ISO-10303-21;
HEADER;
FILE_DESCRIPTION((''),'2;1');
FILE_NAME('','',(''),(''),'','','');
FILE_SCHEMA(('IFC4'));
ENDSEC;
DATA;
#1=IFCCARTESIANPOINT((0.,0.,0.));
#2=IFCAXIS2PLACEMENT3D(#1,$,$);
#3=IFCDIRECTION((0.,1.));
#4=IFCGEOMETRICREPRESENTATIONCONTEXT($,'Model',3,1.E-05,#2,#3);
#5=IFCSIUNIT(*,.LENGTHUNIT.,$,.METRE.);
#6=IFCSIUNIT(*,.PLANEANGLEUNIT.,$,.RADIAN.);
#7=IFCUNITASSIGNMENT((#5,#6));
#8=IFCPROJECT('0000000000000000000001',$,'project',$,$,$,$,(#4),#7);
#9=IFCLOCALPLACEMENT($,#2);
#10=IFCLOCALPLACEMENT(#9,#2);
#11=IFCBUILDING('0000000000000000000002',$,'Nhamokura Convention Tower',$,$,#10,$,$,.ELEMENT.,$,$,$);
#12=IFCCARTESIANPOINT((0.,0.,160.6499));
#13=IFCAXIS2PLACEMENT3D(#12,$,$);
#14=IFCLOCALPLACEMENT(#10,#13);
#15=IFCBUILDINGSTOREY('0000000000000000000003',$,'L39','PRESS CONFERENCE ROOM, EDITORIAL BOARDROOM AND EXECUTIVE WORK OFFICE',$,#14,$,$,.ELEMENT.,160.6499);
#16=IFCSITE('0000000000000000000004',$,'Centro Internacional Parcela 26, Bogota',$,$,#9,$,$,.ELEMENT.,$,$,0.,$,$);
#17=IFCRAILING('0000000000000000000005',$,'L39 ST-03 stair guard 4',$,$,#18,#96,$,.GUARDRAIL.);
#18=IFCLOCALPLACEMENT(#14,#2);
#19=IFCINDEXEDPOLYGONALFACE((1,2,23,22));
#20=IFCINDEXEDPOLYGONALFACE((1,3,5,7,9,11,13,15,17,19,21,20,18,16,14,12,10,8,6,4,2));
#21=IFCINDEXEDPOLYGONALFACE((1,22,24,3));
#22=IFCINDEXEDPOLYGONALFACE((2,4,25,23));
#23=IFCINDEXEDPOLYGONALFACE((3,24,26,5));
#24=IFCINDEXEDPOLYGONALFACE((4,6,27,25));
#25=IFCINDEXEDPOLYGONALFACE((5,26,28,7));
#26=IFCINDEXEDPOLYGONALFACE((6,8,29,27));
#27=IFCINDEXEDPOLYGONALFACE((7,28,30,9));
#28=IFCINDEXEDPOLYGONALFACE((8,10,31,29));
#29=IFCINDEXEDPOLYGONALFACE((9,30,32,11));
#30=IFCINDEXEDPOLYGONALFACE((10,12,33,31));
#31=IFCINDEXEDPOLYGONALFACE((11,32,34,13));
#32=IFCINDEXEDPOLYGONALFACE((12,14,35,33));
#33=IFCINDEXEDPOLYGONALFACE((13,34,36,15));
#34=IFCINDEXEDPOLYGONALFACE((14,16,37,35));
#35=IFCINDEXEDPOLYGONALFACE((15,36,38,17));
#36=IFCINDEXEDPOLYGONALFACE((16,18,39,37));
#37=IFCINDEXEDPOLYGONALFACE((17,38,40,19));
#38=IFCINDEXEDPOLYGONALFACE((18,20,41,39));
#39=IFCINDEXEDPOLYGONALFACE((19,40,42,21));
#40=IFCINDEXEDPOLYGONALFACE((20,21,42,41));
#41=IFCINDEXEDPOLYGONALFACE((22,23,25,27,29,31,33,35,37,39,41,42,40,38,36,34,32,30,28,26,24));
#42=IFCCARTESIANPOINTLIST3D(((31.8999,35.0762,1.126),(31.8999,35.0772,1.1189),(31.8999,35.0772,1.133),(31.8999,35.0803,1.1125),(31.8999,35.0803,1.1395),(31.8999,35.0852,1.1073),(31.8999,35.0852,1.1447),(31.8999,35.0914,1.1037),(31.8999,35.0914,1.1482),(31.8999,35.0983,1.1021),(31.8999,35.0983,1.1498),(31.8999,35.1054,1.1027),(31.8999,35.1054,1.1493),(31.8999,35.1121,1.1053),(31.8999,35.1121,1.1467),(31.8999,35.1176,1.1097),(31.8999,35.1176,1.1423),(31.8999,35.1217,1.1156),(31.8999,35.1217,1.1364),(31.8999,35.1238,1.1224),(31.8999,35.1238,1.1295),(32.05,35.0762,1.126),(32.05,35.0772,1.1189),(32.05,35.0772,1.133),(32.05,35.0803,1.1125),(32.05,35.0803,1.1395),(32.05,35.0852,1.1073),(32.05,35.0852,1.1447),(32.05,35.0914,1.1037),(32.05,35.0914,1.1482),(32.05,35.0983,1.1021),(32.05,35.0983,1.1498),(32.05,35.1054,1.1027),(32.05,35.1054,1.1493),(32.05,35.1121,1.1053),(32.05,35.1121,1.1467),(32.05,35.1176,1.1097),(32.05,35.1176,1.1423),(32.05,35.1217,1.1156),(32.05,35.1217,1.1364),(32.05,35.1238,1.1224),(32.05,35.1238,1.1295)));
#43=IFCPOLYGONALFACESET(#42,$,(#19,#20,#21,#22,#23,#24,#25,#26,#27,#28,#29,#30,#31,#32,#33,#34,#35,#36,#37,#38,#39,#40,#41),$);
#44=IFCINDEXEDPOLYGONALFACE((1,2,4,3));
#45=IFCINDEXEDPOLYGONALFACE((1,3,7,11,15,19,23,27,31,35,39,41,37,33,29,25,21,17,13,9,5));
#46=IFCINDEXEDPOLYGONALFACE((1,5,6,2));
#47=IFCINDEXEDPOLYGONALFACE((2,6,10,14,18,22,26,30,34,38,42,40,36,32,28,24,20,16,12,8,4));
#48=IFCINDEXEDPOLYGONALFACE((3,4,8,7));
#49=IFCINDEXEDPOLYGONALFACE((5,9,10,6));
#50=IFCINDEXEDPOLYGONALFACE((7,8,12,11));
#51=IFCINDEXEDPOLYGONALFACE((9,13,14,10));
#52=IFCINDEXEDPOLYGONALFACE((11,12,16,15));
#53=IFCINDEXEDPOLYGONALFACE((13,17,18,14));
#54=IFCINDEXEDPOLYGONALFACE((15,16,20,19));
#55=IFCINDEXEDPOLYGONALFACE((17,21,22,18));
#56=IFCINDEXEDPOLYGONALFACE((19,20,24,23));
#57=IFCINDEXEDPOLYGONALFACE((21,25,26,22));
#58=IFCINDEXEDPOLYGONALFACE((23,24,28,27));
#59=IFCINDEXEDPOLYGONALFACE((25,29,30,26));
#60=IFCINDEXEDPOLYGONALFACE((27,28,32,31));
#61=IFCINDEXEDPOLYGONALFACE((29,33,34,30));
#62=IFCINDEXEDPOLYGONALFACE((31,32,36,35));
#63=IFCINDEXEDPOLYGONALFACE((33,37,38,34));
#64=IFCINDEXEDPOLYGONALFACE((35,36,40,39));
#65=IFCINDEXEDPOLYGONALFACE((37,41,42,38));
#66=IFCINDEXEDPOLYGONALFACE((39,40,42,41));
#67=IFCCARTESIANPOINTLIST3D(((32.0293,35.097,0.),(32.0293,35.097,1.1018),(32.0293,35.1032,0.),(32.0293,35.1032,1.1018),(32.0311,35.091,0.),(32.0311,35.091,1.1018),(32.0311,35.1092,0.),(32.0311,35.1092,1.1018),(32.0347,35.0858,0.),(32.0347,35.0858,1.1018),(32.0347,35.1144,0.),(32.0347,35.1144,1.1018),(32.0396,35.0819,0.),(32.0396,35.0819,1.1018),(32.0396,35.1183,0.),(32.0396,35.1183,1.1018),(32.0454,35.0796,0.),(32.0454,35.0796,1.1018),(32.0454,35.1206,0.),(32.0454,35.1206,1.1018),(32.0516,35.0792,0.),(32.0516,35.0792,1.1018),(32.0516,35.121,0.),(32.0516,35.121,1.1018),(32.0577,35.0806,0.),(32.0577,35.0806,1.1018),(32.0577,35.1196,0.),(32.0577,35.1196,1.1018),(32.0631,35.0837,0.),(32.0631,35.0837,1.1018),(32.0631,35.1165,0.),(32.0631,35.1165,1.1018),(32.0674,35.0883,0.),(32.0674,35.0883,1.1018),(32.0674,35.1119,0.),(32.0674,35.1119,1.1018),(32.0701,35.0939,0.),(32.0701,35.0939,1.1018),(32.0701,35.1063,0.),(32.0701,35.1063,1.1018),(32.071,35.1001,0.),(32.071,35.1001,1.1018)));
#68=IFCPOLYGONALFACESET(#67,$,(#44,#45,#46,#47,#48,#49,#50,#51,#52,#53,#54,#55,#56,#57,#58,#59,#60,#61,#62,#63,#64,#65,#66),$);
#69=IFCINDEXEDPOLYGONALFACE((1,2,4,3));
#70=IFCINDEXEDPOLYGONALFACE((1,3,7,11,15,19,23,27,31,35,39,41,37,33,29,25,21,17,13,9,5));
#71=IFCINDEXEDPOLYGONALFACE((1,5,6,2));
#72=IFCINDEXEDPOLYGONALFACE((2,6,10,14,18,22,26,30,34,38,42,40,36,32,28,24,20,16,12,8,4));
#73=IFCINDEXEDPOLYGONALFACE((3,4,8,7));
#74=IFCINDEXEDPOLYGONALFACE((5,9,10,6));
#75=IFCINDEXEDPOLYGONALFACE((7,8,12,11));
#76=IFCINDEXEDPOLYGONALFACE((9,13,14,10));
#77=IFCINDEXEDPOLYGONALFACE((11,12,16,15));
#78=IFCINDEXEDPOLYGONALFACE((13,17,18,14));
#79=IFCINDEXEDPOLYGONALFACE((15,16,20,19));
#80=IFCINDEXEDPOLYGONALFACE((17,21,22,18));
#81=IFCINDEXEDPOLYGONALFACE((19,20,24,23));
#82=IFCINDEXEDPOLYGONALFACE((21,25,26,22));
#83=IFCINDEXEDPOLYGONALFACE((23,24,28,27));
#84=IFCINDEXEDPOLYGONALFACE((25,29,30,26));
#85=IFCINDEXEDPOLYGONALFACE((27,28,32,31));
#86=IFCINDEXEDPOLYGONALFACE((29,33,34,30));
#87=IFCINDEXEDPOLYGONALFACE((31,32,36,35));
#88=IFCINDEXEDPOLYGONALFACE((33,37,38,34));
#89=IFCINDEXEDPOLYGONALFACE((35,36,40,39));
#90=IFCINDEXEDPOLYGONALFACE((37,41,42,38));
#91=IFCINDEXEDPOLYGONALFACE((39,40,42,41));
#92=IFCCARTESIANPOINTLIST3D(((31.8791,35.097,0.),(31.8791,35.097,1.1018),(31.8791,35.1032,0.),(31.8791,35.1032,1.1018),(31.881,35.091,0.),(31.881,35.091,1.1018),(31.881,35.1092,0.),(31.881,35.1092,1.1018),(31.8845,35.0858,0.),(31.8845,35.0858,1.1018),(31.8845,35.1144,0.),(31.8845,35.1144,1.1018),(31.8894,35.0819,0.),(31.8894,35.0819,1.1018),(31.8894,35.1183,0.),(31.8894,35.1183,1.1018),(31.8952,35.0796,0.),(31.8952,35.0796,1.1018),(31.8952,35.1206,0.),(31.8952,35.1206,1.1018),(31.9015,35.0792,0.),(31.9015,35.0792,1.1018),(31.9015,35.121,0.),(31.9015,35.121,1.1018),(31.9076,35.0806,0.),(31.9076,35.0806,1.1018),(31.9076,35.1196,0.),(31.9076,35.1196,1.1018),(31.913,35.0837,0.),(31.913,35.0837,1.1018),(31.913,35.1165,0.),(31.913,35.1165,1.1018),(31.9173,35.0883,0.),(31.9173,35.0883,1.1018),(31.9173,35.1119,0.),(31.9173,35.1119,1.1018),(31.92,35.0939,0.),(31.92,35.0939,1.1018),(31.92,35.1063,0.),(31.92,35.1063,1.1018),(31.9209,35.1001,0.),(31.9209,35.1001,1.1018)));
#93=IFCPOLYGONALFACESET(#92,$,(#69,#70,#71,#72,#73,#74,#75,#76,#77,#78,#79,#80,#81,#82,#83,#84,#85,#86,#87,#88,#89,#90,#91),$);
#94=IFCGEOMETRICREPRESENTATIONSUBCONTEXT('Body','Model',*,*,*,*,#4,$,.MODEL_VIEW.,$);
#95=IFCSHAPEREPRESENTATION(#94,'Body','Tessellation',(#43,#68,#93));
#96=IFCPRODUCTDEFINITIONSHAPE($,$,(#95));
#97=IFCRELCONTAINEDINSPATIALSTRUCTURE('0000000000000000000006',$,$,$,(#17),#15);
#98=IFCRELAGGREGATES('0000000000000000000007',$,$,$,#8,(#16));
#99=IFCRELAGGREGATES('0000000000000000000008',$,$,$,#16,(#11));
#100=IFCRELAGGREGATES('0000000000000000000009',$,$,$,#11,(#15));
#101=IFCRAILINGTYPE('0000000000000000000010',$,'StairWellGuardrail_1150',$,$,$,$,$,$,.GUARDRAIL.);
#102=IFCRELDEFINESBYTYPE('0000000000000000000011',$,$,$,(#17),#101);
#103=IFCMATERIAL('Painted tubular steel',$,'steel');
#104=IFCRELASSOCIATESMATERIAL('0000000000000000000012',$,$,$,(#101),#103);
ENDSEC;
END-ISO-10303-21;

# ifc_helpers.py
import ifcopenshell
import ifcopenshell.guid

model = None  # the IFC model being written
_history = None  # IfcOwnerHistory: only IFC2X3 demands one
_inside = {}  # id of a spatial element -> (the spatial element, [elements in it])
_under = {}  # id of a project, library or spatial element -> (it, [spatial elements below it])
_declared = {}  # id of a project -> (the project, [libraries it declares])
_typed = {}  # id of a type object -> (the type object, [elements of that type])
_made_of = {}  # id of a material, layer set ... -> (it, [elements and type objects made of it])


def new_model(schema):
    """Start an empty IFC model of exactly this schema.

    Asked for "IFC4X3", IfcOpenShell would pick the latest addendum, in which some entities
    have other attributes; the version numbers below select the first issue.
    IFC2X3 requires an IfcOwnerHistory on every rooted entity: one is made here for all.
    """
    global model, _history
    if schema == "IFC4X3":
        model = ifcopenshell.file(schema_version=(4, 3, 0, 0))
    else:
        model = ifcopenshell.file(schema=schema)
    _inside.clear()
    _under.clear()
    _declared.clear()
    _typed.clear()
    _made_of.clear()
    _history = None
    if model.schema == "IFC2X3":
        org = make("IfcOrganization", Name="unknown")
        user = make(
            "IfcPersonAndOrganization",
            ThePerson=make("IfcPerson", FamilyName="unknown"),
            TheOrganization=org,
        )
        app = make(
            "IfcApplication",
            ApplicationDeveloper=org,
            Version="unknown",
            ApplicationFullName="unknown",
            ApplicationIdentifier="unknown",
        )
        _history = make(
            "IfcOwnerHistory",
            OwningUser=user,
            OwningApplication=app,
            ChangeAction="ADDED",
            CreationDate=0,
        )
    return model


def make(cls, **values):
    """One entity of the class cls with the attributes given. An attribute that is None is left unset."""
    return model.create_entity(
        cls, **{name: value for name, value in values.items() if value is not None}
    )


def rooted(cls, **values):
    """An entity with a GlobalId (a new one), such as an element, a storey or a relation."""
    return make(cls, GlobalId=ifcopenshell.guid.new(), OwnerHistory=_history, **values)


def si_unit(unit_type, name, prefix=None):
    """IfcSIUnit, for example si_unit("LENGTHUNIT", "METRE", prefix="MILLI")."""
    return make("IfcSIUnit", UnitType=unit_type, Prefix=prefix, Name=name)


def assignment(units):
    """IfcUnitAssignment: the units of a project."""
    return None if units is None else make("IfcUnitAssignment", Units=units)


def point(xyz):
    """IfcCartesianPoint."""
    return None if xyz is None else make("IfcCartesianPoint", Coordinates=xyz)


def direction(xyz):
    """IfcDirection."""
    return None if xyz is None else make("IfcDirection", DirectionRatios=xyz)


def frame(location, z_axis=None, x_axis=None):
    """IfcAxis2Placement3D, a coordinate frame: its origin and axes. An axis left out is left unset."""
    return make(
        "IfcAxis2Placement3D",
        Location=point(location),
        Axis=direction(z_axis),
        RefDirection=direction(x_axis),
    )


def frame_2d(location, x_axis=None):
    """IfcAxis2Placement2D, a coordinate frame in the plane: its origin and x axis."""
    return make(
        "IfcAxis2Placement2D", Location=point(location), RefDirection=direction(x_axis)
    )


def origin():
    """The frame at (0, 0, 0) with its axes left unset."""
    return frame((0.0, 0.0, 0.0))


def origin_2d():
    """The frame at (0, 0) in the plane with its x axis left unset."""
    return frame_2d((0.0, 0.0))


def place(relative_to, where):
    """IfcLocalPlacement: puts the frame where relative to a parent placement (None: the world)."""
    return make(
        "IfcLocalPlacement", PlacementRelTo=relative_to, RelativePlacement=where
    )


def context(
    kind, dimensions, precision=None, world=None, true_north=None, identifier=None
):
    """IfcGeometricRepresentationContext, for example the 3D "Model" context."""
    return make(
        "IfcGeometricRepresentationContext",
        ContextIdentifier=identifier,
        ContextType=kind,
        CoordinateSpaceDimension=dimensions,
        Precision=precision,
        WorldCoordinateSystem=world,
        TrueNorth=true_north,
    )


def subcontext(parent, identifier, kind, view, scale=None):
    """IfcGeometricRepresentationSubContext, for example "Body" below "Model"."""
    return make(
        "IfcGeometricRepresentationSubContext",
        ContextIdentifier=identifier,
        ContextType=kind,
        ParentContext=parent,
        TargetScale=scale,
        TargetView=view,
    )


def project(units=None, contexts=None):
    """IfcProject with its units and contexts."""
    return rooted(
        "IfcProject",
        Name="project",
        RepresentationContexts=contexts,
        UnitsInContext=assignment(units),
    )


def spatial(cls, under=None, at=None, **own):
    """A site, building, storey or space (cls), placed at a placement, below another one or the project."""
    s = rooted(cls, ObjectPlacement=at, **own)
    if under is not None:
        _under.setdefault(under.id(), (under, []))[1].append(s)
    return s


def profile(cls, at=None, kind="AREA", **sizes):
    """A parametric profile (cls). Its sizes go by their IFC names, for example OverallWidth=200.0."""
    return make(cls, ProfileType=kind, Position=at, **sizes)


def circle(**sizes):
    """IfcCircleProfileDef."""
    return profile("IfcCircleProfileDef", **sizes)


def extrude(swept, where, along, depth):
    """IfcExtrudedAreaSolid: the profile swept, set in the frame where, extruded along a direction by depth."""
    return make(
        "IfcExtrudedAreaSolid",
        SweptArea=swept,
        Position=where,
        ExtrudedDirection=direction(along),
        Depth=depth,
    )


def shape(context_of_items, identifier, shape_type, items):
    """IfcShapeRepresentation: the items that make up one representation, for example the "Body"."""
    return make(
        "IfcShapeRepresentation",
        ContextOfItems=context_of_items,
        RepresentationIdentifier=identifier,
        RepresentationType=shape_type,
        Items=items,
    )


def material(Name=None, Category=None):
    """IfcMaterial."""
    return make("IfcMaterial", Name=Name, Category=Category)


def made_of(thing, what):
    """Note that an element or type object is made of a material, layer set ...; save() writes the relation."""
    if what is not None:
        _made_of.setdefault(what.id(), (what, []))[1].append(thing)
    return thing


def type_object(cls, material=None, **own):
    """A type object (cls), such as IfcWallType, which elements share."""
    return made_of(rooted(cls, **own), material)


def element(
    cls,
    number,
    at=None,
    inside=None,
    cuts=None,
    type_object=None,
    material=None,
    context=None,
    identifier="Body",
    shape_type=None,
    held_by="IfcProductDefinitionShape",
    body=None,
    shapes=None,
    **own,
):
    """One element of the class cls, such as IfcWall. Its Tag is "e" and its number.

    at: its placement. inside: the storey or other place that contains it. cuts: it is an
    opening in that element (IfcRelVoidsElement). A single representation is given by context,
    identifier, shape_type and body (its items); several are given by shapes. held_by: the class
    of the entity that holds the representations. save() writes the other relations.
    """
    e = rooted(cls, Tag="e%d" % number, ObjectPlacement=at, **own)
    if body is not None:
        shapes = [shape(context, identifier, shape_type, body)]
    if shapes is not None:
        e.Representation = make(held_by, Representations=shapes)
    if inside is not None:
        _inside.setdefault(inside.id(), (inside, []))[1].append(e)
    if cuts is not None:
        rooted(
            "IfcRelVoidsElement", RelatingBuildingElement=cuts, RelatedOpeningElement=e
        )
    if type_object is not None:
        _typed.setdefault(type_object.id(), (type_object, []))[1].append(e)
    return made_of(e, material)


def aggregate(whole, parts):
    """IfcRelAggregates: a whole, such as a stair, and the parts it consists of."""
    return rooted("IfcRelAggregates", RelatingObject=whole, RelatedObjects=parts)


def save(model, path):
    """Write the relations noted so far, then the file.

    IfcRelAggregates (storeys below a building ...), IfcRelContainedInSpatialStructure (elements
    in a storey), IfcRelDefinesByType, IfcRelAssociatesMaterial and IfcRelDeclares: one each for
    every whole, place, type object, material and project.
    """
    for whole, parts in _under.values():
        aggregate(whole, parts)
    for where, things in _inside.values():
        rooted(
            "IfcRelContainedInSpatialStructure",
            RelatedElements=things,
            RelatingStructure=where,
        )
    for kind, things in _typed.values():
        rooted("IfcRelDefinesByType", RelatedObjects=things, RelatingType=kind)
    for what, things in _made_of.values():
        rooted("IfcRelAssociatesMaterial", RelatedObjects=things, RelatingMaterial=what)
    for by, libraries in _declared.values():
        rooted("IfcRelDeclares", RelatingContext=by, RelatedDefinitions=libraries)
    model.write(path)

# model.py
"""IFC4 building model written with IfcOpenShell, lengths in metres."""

from ifc_helpers import new_model, si_unit, direction, frame, origin, origin_2d, place, context, subcontext, project, spatial, circle, extrude, material, type_object, element, save


model = new_model("IFC4")

# Units and contexts
model_context = context("Model", 3, precision=1e-05, world=origin(), true_north=direction((0.0, 1.0)))
body_context = subcontext(model_context, "Body", "Model", "MODEL_VIEW")
ifc_project = project(units=[si_unit("LENGTHUNIT", "METRE"), si_unit("PLANEANGLEUNIT", "RADIAN")], contexts=[model_context])

# Site, building, storey
site_placement = place(None, origin())
site = spatial("IfcSite", under=ifc_project, at=site_placement, Name="Centro Internacional Parcela 26, Bogota", CompositionType="ELEMENT", RefElevation=0.0)
building_placement = place(site_placement, origin())
building = spatial("IfcBuilding", under=site, at=building_placement, Name="Nhamokura Convention Tower", CompositionType="ELEMENT")
storey_placement = place(building_placement, frame((0.0, 0.0, 160.6499)))
storey = spatial("IfcBuildingStorey", under=building, at=storey_placement, Name="L39", Description="PRESS CONFERENCE ROOM, EDITORIAL BOARDROOM AND EXECUTIVE WORK OFFICE", CompositionType="ELEMENT", Elevation=160.6499)

# Railing
ifc_material_1 = material(Name="Painted tubular steel", Category="steel")
railing_type_1 = type_object("IfcRailingType", Name="StairWellGuardrail_1150", PredefinedType="GUARDRAIL", material=ifc_material_1)
railing_1_placement = place(storey_placement, frame((32.05, 35.1001, 0.0)))
element("IfcRailing", 1, at=railing_1_placement, inside=storey, type_object=railing_type_1, Name="L39 ST-03 stair guard 4", PredefinedType="GUARDRAIL", context=body_context, shape_type="SweptSolid", body=[
    extrude(circle(Radius=0.0239, at=origin_2d()), frame((0.0, 0.0, 1.126), z_axis=(-1.0, 0.0, 0.0), x_axis=(0.0, -1.0, 0.0)), (0.0, 0.0, 1.0), 0.1501),
    extrude(circle(Radius=0.021, at=origin_2d()), origin(), (0.0, 0.0, 1.0), 1.1018),
    extrude(circle(Radius=0.021, at=origin_2d()), frame((-0.1501, 0.0, 0.0)), (0.0, 0.0, 1.0), 1.1018),
])

save(model, "model.ifc")
